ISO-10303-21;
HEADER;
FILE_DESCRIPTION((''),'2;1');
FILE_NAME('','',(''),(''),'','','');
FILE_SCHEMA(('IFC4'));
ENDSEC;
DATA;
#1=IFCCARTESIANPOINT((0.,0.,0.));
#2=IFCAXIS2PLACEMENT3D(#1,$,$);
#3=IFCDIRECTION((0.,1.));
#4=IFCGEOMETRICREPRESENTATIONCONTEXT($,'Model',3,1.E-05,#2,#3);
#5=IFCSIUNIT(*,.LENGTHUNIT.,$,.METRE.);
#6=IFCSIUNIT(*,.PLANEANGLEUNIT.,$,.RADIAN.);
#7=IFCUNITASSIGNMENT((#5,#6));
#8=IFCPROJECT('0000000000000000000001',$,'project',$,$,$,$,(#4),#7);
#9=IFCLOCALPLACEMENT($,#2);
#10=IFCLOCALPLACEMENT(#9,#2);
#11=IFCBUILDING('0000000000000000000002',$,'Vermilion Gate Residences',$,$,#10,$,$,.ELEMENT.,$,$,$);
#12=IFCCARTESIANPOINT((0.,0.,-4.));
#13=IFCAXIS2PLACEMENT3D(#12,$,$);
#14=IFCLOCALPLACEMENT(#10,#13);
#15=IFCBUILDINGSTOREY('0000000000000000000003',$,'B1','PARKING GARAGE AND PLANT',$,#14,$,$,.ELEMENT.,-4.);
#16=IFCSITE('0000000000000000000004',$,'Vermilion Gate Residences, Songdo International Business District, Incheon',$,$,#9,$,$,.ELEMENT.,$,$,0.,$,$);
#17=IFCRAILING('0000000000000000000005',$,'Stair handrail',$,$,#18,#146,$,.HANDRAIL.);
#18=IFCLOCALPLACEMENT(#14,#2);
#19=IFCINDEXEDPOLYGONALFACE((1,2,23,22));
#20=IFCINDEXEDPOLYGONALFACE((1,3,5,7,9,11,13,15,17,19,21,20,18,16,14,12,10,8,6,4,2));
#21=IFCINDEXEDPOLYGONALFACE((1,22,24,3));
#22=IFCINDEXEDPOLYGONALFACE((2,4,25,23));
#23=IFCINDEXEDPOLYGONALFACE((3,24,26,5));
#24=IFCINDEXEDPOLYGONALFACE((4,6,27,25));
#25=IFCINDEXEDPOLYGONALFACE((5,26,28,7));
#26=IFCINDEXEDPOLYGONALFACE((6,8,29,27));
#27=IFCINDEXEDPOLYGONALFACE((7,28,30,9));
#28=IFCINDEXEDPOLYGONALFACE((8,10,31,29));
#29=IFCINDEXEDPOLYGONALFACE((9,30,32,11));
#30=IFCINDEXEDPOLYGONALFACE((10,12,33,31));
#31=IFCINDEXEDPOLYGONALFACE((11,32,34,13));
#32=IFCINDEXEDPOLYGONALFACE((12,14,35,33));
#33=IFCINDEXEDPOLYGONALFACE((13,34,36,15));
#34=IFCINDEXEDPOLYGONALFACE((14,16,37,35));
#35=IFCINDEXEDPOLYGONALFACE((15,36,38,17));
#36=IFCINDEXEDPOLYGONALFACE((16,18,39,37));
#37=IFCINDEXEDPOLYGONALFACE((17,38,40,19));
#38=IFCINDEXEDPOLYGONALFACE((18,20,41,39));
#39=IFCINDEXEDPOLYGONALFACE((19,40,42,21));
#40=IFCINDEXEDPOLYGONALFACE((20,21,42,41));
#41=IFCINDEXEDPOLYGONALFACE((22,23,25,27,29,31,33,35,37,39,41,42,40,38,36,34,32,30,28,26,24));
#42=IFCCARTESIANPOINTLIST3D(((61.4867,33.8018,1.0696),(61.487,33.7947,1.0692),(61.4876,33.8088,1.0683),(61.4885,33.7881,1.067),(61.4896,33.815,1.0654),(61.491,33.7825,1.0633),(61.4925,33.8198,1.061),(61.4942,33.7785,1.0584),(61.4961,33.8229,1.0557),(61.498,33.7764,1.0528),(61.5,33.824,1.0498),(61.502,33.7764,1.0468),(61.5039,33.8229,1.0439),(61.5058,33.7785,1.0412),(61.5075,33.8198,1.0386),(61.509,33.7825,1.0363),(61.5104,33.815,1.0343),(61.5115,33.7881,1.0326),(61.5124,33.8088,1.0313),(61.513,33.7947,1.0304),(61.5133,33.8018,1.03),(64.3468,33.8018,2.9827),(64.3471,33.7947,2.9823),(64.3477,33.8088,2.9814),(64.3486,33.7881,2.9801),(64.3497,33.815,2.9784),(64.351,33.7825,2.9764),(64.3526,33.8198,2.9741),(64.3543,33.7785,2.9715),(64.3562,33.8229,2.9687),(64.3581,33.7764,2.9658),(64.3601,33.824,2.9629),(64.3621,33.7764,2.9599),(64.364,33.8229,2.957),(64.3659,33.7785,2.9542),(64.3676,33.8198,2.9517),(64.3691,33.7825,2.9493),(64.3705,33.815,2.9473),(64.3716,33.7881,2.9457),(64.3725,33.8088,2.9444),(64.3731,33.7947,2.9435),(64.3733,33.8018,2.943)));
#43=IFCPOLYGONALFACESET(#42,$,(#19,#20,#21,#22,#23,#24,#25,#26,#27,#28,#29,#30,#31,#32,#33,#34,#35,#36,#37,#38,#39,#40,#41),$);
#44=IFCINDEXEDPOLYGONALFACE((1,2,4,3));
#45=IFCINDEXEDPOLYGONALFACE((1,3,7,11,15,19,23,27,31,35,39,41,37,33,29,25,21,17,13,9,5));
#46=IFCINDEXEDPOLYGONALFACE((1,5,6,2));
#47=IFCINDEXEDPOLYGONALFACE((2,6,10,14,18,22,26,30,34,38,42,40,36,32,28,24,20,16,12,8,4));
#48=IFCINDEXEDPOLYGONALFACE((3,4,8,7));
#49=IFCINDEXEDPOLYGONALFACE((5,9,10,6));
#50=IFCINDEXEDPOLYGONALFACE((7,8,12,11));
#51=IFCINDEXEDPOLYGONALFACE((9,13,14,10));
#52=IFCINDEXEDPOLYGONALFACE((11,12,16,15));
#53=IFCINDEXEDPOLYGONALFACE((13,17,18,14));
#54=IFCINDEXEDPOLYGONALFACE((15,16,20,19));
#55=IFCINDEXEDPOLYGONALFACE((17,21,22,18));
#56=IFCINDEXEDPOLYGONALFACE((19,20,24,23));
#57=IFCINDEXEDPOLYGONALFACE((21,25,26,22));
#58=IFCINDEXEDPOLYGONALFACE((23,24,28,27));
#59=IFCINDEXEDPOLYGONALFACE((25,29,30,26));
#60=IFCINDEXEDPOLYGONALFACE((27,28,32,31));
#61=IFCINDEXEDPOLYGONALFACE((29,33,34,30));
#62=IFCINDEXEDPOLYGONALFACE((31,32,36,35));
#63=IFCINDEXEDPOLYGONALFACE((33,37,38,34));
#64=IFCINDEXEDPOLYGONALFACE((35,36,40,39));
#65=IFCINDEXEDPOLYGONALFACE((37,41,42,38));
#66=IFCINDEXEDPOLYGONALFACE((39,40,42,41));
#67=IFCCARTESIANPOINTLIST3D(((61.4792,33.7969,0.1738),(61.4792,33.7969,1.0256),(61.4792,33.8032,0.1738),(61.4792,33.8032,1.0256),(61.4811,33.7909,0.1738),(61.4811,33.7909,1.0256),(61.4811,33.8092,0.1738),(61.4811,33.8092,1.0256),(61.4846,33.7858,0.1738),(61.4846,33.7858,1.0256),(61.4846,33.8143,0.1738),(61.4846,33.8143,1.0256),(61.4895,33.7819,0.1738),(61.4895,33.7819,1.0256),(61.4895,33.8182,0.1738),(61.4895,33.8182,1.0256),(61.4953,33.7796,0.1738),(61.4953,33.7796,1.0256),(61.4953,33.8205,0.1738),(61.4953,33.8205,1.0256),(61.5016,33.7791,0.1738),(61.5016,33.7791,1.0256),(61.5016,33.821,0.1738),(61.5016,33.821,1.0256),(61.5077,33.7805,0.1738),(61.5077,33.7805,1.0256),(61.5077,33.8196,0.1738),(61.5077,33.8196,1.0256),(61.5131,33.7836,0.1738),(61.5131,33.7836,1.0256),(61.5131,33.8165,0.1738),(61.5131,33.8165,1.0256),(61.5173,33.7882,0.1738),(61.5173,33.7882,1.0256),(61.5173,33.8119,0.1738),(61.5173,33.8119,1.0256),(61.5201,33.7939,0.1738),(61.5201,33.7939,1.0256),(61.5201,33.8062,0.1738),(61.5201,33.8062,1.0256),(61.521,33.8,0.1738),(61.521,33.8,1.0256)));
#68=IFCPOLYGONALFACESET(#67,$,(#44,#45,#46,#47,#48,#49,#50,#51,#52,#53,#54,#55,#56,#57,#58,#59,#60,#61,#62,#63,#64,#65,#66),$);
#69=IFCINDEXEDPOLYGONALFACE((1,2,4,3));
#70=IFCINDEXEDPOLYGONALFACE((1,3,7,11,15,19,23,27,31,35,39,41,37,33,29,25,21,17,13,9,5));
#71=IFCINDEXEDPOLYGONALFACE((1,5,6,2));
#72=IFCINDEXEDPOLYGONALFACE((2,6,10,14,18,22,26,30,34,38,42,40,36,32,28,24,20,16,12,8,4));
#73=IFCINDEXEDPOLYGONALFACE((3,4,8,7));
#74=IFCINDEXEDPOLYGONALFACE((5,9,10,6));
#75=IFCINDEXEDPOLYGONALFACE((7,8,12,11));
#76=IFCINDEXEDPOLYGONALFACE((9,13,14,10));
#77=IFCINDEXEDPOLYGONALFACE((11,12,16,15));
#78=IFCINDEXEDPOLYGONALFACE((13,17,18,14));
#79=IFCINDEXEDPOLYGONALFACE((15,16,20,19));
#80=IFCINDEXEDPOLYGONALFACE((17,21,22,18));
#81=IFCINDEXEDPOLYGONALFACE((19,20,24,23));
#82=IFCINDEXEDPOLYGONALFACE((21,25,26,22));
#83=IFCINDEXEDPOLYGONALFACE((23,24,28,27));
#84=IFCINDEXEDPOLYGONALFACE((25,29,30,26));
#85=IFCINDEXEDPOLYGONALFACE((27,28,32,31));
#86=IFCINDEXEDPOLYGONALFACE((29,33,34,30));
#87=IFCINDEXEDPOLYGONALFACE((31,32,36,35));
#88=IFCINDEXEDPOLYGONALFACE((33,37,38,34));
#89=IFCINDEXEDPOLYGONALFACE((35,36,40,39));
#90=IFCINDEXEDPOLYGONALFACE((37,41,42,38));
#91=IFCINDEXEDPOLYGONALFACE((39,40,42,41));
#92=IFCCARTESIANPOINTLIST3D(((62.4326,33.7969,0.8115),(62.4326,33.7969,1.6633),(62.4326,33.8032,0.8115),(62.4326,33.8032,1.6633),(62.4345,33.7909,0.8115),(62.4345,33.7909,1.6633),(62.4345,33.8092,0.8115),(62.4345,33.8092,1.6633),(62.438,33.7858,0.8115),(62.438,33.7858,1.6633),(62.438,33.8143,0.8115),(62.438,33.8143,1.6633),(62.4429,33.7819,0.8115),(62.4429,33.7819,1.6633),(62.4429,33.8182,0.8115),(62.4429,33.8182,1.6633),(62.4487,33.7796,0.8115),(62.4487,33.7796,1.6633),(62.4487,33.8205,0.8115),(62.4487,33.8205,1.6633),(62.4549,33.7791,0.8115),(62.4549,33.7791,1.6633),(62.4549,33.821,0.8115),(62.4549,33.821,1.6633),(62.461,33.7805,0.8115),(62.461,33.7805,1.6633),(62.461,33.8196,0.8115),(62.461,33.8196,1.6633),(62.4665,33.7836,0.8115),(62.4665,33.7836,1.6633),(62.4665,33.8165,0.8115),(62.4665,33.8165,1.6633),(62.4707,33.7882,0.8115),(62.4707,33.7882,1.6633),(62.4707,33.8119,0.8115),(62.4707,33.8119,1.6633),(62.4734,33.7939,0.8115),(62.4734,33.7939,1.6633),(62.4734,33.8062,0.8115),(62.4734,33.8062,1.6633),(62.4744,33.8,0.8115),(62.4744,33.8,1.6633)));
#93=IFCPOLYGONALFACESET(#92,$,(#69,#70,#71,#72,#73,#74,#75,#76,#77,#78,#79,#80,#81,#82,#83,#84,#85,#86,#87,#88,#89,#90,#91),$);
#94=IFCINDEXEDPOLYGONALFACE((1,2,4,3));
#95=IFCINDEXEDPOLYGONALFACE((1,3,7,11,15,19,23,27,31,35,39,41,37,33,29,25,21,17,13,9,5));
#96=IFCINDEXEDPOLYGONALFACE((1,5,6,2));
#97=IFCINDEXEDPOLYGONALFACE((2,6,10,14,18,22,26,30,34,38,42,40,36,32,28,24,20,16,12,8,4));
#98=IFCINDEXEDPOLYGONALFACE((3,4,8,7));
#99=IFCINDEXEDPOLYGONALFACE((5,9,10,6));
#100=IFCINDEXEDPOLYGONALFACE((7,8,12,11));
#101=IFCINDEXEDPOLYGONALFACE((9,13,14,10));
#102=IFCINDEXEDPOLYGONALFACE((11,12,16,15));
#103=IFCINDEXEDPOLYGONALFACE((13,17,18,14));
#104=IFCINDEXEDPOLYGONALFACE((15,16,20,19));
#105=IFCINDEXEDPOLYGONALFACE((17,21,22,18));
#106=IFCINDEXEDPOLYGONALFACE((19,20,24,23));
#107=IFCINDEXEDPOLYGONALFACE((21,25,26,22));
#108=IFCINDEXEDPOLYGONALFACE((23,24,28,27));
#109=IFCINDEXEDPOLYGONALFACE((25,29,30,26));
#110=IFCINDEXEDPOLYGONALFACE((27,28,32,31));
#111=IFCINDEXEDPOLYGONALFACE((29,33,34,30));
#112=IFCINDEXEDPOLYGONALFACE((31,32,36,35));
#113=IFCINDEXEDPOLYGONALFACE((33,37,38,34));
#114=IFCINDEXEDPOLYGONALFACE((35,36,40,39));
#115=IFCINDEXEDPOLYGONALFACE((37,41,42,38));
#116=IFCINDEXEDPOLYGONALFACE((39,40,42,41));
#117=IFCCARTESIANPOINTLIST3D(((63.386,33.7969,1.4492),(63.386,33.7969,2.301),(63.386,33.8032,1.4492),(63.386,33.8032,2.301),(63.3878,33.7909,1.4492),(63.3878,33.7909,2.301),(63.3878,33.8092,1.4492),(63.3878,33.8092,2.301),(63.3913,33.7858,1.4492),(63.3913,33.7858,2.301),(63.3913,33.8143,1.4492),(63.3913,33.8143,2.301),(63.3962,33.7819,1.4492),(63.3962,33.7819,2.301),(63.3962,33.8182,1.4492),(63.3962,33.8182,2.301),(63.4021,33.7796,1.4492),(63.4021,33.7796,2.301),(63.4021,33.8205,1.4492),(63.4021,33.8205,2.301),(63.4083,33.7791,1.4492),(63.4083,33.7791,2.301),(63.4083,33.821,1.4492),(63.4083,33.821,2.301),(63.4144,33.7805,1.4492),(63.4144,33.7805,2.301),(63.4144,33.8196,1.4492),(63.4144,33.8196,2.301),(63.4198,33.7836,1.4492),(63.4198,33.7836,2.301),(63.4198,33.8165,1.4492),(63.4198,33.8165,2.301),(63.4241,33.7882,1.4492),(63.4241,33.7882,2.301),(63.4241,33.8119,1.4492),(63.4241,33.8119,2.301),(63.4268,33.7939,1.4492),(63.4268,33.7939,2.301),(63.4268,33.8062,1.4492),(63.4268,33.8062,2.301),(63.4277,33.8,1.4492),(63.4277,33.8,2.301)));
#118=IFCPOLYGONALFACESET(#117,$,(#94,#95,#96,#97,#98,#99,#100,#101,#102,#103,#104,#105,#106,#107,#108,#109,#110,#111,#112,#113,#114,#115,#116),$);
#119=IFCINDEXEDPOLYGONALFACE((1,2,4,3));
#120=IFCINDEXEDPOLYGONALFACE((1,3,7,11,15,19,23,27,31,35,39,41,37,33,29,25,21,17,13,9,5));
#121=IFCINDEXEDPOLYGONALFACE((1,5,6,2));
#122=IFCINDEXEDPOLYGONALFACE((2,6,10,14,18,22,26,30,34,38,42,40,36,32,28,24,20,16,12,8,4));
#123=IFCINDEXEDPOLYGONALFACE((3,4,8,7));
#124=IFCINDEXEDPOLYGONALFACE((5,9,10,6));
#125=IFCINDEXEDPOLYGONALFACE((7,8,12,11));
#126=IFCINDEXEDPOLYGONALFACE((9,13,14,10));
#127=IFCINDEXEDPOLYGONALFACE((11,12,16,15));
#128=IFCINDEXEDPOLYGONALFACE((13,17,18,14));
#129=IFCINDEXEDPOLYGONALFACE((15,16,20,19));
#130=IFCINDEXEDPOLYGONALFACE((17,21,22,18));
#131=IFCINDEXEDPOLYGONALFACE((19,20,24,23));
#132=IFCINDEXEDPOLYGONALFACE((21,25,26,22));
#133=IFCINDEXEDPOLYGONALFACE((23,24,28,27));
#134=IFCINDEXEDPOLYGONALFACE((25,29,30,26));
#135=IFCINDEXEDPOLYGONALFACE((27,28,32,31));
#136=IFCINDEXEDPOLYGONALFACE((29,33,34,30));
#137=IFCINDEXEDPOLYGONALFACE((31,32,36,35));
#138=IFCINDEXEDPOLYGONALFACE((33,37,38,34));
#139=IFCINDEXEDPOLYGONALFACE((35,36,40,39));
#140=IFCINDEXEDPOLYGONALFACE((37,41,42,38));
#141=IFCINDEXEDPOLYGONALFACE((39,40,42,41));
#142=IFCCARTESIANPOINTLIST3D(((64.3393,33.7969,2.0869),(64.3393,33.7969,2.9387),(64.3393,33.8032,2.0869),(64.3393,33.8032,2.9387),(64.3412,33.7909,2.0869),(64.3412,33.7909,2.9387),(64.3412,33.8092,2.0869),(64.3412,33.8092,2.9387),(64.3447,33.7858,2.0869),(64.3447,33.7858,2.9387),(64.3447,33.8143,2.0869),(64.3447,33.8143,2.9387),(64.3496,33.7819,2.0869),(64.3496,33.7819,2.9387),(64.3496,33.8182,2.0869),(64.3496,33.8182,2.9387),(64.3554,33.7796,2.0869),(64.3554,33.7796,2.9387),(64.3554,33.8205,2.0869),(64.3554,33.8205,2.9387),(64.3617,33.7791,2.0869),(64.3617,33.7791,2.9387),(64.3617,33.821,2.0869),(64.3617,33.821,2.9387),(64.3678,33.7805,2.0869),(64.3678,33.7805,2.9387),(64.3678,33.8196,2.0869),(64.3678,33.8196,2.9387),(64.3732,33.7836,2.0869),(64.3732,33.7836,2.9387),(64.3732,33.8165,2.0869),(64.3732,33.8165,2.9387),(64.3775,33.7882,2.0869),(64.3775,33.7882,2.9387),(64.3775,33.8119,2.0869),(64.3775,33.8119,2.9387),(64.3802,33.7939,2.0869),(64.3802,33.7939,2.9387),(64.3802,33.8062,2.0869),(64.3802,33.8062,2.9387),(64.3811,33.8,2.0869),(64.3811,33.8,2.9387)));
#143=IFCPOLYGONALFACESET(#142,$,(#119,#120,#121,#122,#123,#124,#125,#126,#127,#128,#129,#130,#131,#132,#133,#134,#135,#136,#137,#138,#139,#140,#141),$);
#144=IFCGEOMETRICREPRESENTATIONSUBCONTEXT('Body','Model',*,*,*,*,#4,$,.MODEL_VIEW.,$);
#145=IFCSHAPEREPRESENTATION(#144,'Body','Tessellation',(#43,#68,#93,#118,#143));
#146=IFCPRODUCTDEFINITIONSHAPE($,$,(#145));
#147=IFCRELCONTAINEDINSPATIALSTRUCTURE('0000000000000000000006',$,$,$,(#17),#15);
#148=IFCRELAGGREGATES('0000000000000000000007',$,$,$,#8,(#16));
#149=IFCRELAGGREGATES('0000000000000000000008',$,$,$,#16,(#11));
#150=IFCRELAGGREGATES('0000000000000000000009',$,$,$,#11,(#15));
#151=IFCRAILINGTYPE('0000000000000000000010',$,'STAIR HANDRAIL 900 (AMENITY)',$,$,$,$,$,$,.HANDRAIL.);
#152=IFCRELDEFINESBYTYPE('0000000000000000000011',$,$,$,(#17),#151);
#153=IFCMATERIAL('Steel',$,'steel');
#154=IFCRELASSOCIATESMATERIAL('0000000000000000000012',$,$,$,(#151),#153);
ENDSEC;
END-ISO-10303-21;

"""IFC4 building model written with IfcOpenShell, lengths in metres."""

from ifc_helpers import new_model, si_unit, direction, frame, origin, origin_2d, place, context, subcontext, project, spatial, circle, extrude, material, type_object, element, save


model = new_model("IFC4")

# Units and contexts
model_context = context("Model", 3, precision=1e-05, world=origin(), true_north=direction((0.0, 1.0)))
body_context = subcontext(model_context, "Body", "Model", "MODEL_VIEW")
ifc_project = project(units=[si_unit("LENGTHUNIT", "METRE"), si_unit("PLANEANGLEUNIT", "RADIAN")], contexts=[model_context])

# Site, building, storey
site_placement = place(None, origin())
site = spatial("IfcSite", under=ifc_project, at=site_placement, Name="Vermilion Gate Residences, Songdo International Business District, Incheon", CompositionType="ELEMENT", RefElevation=0.0)
building_placement = place(site_placement, origin())
building = spatial("IfcBuilding", under=site, at=building_placement, Name="Vermilion Gate Residences", CompositionType="ELEMENT")
storey_placement = place(building_placement, frame((0.0, 0.0, -4.0)))
storey = spatial("IfcBuildingStorey", under=building, at=storey_placement, Name="B1", Description="PARKING GARAGE AND PLANT", CompositionType="ELEMENT", Elevation=-4.0)

# Railing
ifc_material_1 = material(Name="Steel", Category="steel")
railing_type = type_object("IfcRailingType", Name="STAIR HANDRAIL 900 (AMENITY)", PredefinedType="HANDRAIL", material=ifc_material_1)
railing_1_placement = place(storey_placement, frame((61.5, 33.8, 0.1738)))
element("IfcRailing", 1, at=railing_1_placement, inside=storey, type_object=railing_type, Name="Stair handrail", PredefinedType="HANDRAIL", context=body_context, shape_type="SweptSolid", body=[
    extrude(circle(Radius=0.0239, at=origin_2d()), frame((0.0, 0.0, 0.876), z_axis=(0.831198, 0.0, 0.555977), x_axis=(0.0, 1.0, 0.0)), (0.0, 0.0, 1.0), 3.4409),
    extrude(circle(Radius=0.021, at=origin_2d()), origin(), (0.0, 0.0, 1.0), 0.8518),
    extrude(circle(Radius=0.021, at=origin_2d()), frame((0.9534, 0.0, 0.6377)), (0.0, 0.0, 1.0), 0.8518),
    extrude(circle(Radius=0.021, at=origin_2d()), frame((1.9067, 0.0, 1.2754)), (0.0, 0.0, 1.0), 0.8518),
    extrude(circle(Radius=0.021, at=origin_2d()), frame((2.8601, 0.0, 1.9131)), (0.0, 0.0, 1.0), 0.8518),
])

save(model, "model.ifc")
